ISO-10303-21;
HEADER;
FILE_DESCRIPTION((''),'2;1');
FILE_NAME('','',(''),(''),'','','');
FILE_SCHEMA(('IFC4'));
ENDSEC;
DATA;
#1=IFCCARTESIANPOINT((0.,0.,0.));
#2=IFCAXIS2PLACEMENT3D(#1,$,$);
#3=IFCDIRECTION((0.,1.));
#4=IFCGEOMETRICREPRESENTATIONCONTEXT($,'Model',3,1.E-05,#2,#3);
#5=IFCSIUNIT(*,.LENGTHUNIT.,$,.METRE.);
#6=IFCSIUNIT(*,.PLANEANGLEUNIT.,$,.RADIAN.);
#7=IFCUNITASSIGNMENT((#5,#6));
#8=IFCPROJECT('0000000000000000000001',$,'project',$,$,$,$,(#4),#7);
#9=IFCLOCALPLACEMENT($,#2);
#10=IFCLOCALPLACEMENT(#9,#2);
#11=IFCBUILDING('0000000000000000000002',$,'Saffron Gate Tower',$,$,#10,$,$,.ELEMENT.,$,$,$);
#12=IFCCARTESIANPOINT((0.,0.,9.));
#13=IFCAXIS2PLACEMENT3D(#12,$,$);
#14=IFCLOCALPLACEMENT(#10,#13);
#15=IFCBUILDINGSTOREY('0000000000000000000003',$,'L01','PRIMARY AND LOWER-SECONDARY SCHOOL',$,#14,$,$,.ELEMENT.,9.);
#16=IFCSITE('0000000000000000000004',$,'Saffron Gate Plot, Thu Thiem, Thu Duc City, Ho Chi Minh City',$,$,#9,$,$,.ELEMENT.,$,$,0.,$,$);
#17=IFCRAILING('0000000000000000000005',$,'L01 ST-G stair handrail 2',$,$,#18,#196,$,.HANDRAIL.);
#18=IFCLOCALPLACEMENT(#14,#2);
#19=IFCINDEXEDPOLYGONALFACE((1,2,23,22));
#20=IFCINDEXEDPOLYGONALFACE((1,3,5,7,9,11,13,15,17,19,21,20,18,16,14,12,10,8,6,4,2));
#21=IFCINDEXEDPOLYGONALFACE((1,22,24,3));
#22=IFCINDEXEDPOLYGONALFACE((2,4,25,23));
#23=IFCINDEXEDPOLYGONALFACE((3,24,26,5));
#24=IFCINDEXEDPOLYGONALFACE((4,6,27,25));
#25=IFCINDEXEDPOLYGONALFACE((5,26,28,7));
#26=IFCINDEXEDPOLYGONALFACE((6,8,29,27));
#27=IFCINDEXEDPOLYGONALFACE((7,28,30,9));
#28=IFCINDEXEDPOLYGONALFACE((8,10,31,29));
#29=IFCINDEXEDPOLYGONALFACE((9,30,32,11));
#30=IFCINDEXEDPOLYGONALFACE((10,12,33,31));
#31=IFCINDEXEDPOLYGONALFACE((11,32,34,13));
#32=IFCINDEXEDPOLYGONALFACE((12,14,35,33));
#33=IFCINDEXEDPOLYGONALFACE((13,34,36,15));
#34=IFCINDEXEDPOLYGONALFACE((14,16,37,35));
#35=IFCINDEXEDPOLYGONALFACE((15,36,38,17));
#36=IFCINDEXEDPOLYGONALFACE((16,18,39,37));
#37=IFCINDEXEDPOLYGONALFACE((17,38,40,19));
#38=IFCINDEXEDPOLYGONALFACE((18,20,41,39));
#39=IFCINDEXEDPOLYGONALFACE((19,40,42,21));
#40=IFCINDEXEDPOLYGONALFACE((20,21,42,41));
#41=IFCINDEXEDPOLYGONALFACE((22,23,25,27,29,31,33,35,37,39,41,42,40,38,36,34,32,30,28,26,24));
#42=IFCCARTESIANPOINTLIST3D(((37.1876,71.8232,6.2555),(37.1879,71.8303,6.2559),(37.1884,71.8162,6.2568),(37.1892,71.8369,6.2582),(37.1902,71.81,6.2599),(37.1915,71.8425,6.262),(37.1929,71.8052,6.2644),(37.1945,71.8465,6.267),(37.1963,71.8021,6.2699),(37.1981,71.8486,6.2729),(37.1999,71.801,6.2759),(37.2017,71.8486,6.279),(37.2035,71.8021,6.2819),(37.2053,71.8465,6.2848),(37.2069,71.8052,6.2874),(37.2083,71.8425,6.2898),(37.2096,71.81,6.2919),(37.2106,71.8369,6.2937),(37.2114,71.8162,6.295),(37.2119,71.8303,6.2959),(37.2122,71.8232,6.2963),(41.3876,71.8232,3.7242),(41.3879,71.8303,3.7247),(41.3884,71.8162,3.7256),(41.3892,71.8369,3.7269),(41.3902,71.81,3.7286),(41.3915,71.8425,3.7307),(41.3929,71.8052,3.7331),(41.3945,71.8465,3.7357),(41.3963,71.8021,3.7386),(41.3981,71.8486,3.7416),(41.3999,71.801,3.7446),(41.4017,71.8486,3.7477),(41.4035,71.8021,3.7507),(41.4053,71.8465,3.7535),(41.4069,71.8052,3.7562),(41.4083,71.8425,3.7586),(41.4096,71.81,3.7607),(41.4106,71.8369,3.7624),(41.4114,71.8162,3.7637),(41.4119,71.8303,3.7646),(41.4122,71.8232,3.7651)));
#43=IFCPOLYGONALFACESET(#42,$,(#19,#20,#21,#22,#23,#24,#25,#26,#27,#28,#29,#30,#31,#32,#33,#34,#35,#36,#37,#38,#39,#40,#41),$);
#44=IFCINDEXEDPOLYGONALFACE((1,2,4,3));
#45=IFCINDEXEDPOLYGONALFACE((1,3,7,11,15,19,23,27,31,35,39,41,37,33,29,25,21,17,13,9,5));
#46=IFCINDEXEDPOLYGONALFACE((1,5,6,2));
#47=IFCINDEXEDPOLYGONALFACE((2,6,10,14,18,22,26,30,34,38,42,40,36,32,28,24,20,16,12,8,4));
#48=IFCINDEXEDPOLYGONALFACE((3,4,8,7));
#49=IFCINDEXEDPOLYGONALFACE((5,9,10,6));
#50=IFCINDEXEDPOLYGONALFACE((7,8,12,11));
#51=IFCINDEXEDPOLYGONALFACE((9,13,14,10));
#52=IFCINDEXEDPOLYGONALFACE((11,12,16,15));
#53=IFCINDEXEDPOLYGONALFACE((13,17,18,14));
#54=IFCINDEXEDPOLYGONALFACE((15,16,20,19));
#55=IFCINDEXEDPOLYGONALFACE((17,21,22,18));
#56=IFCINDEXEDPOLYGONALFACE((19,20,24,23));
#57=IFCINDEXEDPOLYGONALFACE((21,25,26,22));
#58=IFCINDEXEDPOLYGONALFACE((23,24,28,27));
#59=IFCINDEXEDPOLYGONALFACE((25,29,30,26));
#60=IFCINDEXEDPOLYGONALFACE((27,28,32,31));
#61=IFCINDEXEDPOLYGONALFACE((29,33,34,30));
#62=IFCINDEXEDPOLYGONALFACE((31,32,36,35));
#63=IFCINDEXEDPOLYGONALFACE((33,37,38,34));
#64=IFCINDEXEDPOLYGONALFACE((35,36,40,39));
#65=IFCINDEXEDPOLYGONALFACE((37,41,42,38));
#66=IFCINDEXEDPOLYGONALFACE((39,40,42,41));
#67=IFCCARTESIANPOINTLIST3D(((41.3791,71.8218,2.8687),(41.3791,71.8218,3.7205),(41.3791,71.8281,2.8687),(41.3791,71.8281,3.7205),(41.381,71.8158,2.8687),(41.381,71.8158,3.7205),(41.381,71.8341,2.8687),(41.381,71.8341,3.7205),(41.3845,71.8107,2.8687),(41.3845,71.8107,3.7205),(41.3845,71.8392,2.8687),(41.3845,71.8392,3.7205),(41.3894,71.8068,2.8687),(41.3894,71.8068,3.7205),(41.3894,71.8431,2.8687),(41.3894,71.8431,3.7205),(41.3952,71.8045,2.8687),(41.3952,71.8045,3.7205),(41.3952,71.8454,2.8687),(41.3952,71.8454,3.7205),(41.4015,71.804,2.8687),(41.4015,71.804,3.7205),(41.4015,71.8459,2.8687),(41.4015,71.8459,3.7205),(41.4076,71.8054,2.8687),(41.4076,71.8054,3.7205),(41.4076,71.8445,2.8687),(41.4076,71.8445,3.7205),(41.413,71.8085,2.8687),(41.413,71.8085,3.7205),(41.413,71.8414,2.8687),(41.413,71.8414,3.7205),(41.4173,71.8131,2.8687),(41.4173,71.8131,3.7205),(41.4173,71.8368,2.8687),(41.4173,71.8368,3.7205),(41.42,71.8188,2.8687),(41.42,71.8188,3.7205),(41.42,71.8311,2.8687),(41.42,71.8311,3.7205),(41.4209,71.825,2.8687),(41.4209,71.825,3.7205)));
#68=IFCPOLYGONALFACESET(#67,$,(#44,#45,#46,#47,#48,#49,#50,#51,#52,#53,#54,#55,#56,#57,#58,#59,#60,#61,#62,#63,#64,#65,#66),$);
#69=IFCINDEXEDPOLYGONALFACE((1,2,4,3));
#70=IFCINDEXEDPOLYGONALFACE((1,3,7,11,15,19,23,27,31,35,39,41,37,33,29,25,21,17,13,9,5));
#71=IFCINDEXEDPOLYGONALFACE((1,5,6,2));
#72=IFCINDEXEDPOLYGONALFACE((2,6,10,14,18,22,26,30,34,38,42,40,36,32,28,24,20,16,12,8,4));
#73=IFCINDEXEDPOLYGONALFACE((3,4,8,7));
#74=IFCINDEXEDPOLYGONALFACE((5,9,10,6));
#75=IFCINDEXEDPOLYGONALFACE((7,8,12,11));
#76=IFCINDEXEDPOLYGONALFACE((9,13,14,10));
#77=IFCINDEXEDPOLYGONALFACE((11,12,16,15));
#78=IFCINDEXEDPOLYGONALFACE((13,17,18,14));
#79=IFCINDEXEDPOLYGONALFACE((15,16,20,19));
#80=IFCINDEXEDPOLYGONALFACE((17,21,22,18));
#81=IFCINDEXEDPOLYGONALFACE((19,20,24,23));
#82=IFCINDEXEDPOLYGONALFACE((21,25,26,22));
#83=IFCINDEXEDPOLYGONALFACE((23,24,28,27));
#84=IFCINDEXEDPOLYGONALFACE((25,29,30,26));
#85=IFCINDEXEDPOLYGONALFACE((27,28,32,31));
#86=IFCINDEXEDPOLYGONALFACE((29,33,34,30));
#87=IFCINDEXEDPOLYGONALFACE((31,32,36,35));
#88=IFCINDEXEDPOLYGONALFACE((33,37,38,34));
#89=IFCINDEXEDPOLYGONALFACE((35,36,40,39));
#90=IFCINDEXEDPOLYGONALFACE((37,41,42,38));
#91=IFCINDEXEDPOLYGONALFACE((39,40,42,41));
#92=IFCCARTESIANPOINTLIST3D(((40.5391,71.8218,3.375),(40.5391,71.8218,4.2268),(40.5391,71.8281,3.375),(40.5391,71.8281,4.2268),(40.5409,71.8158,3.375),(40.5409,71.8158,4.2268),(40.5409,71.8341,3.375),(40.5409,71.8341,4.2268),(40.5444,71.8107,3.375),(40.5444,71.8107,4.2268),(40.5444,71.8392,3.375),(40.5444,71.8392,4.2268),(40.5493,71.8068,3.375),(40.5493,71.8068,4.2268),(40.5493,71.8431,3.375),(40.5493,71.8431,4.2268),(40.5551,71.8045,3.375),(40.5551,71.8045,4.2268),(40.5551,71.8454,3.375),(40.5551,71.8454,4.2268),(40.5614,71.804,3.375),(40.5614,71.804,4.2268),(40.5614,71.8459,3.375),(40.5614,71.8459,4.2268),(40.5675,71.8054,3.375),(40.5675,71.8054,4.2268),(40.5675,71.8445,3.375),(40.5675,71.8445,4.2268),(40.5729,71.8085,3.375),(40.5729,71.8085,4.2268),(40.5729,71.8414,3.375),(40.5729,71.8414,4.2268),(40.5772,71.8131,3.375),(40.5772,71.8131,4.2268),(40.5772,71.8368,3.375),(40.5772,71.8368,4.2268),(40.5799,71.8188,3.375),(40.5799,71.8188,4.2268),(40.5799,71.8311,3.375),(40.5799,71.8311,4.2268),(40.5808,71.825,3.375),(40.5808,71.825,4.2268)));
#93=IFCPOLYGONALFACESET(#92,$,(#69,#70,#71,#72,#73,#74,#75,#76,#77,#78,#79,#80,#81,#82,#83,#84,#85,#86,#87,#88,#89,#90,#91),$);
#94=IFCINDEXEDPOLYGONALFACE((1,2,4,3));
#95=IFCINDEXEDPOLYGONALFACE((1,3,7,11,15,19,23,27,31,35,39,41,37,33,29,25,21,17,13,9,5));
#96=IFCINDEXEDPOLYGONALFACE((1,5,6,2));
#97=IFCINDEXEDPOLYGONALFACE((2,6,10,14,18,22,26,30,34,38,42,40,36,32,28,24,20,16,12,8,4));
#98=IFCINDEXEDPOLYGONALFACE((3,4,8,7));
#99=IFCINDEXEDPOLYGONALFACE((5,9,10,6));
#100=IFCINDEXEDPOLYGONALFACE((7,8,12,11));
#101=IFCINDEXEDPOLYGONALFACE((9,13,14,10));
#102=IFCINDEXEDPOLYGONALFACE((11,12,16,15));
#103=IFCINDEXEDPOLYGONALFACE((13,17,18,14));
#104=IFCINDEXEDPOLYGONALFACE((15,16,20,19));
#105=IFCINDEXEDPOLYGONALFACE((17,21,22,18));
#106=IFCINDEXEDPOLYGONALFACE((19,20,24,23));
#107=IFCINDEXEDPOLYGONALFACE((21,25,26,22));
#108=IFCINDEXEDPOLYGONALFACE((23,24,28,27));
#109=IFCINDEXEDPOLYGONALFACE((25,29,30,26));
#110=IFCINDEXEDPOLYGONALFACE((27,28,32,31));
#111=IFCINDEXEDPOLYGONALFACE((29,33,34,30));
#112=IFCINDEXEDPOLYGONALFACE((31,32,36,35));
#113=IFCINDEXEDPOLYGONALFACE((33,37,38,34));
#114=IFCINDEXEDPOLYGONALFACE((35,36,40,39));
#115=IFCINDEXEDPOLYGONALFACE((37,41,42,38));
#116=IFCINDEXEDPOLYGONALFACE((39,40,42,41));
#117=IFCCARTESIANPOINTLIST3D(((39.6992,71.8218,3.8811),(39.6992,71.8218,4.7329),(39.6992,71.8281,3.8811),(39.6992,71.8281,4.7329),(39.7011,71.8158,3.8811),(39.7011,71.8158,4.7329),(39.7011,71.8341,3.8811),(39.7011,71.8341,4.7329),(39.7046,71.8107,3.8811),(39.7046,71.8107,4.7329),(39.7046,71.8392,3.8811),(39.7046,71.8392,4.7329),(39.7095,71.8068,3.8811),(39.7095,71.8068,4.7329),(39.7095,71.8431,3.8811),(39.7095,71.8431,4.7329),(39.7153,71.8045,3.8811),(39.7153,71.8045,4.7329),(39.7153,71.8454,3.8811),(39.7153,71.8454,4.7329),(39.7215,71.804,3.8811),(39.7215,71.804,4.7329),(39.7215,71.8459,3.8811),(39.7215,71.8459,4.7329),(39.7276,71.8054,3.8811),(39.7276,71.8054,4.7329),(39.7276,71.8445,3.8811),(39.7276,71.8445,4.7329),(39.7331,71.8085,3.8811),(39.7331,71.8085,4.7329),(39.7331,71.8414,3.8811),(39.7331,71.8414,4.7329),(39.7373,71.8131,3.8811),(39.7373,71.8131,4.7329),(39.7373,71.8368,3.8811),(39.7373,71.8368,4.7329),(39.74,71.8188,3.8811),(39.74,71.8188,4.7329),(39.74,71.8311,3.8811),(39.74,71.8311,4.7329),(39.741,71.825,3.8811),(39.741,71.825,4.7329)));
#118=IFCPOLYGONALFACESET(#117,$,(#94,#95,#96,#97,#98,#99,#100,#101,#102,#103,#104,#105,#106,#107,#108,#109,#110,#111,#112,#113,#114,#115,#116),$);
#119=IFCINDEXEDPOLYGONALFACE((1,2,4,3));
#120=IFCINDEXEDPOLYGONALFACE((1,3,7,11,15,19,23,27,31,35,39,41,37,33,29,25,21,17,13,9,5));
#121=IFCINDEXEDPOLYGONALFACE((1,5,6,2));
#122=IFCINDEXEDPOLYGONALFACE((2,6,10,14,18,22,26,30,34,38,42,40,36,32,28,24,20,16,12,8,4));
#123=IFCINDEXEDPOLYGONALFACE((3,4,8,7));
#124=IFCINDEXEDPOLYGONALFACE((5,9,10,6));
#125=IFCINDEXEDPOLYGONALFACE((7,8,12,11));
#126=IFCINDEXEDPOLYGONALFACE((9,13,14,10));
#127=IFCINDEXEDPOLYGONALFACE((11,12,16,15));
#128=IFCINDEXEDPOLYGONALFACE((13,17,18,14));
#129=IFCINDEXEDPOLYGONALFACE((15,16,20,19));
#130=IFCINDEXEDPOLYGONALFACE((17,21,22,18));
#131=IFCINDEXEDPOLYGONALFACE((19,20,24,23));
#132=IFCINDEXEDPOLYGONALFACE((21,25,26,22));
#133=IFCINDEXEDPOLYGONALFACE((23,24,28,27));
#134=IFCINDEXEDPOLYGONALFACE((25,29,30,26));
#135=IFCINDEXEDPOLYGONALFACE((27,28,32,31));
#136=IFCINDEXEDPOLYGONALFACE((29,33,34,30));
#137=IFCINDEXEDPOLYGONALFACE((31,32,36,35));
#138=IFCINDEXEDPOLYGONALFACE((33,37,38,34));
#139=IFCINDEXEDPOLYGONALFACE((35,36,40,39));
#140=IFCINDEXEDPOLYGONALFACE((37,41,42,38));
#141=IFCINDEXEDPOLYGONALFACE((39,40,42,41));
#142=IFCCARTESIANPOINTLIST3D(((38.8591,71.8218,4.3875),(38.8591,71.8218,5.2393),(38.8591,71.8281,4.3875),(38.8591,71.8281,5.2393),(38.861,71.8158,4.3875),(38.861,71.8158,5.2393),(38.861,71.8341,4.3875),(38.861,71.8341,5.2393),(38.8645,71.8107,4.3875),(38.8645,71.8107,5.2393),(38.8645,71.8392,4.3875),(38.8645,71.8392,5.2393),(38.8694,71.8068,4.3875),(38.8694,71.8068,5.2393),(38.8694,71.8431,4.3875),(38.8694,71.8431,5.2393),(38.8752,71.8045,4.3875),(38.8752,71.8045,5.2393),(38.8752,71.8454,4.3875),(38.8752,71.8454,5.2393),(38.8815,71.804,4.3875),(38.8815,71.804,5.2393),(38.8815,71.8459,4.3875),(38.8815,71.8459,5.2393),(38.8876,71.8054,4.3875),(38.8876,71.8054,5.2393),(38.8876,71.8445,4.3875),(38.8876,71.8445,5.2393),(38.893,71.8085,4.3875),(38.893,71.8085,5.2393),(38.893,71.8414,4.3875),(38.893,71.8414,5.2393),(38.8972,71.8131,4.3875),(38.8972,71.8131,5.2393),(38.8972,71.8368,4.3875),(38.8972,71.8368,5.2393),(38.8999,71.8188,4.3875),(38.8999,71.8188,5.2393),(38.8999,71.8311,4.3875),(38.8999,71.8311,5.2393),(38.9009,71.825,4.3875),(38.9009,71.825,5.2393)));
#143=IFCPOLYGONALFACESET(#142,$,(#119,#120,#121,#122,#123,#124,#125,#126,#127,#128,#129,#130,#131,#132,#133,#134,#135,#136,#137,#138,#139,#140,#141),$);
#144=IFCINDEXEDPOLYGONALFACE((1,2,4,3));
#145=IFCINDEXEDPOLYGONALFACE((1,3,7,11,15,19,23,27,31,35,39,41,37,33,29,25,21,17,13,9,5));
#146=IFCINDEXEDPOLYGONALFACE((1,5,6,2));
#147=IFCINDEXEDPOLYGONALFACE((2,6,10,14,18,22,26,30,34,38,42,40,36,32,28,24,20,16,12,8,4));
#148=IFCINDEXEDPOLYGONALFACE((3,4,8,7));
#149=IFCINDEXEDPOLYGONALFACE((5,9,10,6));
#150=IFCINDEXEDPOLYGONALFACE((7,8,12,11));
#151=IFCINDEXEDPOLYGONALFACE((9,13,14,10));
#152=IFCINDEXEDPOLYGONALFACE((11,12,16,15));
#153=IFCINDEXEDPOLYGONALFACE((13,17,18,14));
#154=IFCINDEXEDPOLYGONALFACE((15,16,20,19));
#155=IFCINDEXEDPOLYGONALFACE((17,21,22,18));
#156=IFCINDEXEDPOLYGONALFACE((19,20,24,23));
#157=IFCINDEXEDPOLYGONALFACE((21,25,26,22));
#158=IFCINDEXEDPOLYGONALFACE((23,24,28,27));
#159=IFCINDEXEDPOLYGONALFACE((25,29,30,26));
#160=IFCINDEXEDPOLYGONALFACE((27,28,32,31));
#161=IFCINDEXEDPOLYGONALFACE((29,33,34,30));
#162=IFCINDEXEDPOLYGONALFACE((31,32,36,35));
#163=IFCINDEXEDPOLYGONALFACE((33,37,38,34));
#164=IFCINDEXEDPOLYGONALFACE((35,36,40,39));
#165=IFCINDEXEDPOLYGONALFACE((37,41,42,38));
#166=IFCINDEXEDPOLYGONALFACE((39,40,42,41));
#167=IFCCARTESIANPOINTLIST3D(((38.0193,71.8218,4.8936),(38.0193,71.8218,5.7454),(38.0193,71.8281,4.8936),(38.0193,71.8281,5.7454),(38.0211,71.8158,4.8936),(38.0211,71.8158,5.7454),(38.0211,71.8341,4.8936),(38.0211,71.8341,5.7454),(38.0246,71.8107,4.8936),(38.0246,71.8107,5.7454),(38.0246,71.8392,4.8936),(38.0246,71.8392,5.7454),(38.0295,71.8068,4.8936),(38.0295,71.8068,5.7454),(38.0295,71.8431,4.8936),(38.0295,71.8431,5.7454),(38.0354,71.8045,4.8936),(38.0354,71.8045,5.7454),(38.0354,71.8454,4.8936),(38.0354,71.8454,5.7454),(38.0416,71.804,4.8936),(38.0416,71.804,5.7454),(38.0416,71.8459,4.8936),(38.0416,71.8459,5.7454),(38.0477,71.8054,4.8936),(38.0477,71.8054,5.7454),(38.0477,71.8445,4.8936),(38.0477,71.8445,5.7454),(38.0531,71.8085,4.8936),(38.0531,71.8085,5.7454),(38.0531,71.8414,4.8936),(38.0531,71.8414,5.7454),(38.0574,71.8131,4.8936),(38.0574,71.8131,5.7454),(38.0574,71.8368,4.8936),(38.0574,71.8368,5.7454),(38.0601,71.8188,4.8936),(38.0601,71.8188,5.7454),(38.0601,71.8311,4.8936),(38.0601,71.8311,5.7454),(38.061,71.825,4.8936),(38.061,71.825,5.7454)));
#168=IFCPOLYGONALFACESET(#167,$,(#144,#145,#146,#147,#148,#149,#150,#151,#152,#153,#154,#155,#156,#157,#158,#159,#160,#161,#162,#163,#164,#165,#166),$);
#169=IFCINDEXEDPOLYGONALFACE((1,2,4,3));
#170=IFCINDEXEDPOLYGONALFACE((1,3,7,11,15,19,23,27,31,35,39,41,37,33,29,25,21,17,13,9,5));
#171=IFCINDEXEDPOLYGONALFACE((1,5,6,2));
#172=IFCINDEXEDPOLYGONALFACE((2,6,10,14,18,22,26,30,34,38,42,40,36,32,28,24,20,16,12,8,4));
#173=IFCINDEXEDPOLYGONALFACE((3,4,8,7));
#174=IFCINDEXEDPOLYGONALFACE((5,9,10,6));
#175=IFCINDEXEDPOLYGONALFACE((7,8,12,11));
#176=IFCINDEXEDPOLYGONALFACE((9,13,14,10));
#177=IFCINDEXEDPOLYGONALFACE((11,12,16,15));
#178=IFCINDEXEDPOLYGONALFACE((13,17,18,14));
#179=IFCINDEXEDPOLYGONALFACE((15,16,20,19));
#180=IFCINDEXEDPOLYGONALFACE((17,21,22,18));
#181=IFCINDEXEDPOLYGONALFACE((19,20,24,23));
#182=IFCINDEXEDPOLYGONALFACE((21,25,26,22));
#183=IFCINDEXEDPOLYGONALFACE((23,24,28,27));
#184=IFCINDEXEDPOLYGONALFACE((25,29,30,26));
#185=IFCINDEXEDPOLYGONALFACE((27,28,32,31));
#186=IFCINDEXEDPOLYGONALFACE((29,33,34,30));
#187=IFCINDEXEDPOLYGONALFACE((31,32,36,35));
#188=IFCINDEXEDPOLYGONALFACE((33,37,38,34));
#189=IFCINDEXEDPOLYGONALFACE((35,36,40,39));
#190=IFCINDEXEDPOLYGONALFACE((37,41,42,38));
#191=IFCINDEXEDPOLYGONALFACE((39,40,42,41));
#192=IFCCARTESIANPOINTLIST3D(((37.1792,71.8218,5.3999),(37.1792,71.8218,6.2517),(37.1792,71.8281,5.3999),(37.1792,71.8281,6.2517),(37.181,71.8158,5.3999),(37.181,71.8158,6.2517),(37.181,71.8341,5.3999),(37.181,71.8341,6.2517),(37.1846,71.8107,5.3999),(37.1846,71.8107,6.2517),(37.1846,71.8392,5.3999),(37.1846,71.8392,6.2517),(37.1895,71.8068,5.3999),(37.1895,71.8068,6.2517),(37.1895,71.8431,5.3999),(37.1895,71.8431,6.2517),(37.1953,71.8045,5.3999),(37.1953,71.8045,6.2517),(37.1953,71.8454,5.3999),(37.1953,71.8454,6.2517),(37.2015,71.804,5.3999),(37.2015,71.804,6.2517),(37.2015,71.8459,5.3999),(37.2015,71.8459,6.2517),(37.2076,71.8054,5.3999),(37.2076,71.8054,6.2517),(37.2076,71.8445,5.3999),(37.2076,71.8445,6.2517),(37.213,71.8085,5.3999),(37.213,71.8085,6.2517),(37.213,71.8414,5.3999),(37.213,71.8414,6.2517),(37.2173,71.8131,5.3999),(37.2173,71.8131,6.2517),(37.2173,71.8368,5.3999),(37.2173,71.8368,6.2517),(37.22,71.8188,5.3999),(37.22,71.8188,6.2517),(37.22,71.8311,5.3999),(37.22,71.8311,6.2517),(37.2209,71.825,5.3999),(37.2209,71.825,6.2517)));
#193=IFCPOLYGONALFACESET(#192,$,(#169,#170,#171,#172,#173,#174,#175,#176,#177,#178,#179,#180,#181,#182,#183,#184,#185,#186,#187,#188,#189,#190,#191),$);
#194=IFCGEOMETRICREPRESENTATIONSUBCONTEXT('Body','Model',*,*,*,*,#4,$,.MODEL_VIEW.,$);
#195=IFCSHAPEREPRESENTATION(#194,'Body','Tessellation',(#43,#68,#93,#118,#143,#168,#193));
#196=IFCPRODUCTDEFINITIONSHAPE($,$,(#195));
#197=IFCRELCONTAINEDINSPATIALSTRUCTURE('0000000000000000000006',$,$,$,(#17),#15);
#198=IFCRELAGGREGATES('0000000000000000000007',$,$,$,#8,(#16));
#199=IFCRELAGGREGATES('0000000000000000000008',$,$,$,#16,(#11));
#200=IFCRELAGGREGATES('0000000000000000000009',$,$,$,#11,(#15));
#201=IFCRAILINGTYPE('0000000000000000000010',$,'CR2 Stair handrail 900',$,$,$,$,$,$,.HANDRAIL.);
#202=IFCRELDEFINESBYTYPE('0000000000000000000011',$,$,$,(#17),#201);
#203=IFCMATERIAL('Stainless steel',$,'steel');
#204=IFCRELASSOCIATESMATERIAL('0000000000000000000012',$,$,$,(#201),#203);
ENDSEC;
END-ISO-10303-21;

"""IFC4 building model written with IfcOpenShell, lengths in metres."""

from ifc_helpers import new_model, si_unit, direction, frame, origin, origin_2d, place, context, subcontext, project, spatial, circle, extrude, material, type_object, element, save


model = new_model("IFC4")

# Units and contexts
model_context = context("Model", 3, precision=1e-05, world=origin(), true_north=direction((0.0, 1.0)))
body_context = subcontext(model_context, "Body", "Model", "MODEL_VIEW")
ifc_project = project(units=[si_unit("LENGTHUNIT", "METRE"), si_unit("PLANEANGLEUNIT", "RADIAN")], contexts=[model_context])

# Site, building, storey
site_placement = place(None, origin())
site = spatial("IfcSite", under=ifc_project, at=site_placement, Name="Saffron Gate Plot, Thu Thiem, Thu Duc City, Ho Chi Minh City", CompositionType="ELEMENT", RefElevation=0.0)
building_placement = place(site_placement, origin())
building = spatial("IfcBuilding", under=site, at=building_placement, Name="Saffron Gate Tower", CompositionType="ELEMENT")
storey_placement = place(building_placement, frame((0.0, 0.0, 9.0)))
storey = spatial("IfcBuildingStorey", under=building, at=storey_placement, Name="L01", Description="PRIMARY AND LOWER-SECONDARY SCHOOL", CompositionType="ELEMENT", Elevation=9.0)

# Railing
ifc_material_1 = material(Name="Stainless steel", Category="steel")
railing_type_1 = type_object("IfcRailingType", Name="CR2 Stair handrail 900", PredefinedType="HANDRAIL", material=ifc_material_1)
railing_1_placement = place(storey_placement, frame((41.3999, 71.825, 2.8687)))
element("IfcRailing", 1, at=railing_1_placement, inside=storey, type_object=railing_type_1, Name="L01 ST-G stair handrail 2", PredefinedType="HANDRAIL", context=body_context, shape_type="SweptSolid", body=[
    extrude(circle(Radius=0.0239, at=origin_2d()), frame((0.0, 0.0, 0.876), z_axis=(-0.856476, 0.0, 0.516186), x_axis=(0.0, -1.0, 0.0)), (0.0, 0.0, 1.0), 4.9038),
    extrude(circle(Radius=0.021, at=origin_2d()), origin(), (0.0, 0.0, 1.0), 0.8518),
    extrude(circle(Radius=0.021, at=origin_2d()), frame((-0.8401, 0.0, 0.5063)), (0.0, 0.0, 1.0), 0.8518),
    extrude(circle(Radius=0.021, at=origin_2d()), frame((-1.6799, 0.0, 1.0125)), (0.0, 0.0, 1.0), 0.8518),
    extrude(circle(Radius=0.021, at=origin_2d()), frame((-2.52, 0.0, 1.5188)), (0.0, 0.0, 1.0), 0.8518),
    extrude(circle(Radius=0.021, at=origin_2d()), frame((-3.3599, 0.0, 2.0249)), (0.0, 0.0, 1.0), 0.8518),
    extrude(circle(Radius=0.021, at=origin_2d()), frame((-4.2, 0.0, 2.5312)), (0.0, 0.0, 1.0), 0.8518),
])

save(model, "model.ifc")
